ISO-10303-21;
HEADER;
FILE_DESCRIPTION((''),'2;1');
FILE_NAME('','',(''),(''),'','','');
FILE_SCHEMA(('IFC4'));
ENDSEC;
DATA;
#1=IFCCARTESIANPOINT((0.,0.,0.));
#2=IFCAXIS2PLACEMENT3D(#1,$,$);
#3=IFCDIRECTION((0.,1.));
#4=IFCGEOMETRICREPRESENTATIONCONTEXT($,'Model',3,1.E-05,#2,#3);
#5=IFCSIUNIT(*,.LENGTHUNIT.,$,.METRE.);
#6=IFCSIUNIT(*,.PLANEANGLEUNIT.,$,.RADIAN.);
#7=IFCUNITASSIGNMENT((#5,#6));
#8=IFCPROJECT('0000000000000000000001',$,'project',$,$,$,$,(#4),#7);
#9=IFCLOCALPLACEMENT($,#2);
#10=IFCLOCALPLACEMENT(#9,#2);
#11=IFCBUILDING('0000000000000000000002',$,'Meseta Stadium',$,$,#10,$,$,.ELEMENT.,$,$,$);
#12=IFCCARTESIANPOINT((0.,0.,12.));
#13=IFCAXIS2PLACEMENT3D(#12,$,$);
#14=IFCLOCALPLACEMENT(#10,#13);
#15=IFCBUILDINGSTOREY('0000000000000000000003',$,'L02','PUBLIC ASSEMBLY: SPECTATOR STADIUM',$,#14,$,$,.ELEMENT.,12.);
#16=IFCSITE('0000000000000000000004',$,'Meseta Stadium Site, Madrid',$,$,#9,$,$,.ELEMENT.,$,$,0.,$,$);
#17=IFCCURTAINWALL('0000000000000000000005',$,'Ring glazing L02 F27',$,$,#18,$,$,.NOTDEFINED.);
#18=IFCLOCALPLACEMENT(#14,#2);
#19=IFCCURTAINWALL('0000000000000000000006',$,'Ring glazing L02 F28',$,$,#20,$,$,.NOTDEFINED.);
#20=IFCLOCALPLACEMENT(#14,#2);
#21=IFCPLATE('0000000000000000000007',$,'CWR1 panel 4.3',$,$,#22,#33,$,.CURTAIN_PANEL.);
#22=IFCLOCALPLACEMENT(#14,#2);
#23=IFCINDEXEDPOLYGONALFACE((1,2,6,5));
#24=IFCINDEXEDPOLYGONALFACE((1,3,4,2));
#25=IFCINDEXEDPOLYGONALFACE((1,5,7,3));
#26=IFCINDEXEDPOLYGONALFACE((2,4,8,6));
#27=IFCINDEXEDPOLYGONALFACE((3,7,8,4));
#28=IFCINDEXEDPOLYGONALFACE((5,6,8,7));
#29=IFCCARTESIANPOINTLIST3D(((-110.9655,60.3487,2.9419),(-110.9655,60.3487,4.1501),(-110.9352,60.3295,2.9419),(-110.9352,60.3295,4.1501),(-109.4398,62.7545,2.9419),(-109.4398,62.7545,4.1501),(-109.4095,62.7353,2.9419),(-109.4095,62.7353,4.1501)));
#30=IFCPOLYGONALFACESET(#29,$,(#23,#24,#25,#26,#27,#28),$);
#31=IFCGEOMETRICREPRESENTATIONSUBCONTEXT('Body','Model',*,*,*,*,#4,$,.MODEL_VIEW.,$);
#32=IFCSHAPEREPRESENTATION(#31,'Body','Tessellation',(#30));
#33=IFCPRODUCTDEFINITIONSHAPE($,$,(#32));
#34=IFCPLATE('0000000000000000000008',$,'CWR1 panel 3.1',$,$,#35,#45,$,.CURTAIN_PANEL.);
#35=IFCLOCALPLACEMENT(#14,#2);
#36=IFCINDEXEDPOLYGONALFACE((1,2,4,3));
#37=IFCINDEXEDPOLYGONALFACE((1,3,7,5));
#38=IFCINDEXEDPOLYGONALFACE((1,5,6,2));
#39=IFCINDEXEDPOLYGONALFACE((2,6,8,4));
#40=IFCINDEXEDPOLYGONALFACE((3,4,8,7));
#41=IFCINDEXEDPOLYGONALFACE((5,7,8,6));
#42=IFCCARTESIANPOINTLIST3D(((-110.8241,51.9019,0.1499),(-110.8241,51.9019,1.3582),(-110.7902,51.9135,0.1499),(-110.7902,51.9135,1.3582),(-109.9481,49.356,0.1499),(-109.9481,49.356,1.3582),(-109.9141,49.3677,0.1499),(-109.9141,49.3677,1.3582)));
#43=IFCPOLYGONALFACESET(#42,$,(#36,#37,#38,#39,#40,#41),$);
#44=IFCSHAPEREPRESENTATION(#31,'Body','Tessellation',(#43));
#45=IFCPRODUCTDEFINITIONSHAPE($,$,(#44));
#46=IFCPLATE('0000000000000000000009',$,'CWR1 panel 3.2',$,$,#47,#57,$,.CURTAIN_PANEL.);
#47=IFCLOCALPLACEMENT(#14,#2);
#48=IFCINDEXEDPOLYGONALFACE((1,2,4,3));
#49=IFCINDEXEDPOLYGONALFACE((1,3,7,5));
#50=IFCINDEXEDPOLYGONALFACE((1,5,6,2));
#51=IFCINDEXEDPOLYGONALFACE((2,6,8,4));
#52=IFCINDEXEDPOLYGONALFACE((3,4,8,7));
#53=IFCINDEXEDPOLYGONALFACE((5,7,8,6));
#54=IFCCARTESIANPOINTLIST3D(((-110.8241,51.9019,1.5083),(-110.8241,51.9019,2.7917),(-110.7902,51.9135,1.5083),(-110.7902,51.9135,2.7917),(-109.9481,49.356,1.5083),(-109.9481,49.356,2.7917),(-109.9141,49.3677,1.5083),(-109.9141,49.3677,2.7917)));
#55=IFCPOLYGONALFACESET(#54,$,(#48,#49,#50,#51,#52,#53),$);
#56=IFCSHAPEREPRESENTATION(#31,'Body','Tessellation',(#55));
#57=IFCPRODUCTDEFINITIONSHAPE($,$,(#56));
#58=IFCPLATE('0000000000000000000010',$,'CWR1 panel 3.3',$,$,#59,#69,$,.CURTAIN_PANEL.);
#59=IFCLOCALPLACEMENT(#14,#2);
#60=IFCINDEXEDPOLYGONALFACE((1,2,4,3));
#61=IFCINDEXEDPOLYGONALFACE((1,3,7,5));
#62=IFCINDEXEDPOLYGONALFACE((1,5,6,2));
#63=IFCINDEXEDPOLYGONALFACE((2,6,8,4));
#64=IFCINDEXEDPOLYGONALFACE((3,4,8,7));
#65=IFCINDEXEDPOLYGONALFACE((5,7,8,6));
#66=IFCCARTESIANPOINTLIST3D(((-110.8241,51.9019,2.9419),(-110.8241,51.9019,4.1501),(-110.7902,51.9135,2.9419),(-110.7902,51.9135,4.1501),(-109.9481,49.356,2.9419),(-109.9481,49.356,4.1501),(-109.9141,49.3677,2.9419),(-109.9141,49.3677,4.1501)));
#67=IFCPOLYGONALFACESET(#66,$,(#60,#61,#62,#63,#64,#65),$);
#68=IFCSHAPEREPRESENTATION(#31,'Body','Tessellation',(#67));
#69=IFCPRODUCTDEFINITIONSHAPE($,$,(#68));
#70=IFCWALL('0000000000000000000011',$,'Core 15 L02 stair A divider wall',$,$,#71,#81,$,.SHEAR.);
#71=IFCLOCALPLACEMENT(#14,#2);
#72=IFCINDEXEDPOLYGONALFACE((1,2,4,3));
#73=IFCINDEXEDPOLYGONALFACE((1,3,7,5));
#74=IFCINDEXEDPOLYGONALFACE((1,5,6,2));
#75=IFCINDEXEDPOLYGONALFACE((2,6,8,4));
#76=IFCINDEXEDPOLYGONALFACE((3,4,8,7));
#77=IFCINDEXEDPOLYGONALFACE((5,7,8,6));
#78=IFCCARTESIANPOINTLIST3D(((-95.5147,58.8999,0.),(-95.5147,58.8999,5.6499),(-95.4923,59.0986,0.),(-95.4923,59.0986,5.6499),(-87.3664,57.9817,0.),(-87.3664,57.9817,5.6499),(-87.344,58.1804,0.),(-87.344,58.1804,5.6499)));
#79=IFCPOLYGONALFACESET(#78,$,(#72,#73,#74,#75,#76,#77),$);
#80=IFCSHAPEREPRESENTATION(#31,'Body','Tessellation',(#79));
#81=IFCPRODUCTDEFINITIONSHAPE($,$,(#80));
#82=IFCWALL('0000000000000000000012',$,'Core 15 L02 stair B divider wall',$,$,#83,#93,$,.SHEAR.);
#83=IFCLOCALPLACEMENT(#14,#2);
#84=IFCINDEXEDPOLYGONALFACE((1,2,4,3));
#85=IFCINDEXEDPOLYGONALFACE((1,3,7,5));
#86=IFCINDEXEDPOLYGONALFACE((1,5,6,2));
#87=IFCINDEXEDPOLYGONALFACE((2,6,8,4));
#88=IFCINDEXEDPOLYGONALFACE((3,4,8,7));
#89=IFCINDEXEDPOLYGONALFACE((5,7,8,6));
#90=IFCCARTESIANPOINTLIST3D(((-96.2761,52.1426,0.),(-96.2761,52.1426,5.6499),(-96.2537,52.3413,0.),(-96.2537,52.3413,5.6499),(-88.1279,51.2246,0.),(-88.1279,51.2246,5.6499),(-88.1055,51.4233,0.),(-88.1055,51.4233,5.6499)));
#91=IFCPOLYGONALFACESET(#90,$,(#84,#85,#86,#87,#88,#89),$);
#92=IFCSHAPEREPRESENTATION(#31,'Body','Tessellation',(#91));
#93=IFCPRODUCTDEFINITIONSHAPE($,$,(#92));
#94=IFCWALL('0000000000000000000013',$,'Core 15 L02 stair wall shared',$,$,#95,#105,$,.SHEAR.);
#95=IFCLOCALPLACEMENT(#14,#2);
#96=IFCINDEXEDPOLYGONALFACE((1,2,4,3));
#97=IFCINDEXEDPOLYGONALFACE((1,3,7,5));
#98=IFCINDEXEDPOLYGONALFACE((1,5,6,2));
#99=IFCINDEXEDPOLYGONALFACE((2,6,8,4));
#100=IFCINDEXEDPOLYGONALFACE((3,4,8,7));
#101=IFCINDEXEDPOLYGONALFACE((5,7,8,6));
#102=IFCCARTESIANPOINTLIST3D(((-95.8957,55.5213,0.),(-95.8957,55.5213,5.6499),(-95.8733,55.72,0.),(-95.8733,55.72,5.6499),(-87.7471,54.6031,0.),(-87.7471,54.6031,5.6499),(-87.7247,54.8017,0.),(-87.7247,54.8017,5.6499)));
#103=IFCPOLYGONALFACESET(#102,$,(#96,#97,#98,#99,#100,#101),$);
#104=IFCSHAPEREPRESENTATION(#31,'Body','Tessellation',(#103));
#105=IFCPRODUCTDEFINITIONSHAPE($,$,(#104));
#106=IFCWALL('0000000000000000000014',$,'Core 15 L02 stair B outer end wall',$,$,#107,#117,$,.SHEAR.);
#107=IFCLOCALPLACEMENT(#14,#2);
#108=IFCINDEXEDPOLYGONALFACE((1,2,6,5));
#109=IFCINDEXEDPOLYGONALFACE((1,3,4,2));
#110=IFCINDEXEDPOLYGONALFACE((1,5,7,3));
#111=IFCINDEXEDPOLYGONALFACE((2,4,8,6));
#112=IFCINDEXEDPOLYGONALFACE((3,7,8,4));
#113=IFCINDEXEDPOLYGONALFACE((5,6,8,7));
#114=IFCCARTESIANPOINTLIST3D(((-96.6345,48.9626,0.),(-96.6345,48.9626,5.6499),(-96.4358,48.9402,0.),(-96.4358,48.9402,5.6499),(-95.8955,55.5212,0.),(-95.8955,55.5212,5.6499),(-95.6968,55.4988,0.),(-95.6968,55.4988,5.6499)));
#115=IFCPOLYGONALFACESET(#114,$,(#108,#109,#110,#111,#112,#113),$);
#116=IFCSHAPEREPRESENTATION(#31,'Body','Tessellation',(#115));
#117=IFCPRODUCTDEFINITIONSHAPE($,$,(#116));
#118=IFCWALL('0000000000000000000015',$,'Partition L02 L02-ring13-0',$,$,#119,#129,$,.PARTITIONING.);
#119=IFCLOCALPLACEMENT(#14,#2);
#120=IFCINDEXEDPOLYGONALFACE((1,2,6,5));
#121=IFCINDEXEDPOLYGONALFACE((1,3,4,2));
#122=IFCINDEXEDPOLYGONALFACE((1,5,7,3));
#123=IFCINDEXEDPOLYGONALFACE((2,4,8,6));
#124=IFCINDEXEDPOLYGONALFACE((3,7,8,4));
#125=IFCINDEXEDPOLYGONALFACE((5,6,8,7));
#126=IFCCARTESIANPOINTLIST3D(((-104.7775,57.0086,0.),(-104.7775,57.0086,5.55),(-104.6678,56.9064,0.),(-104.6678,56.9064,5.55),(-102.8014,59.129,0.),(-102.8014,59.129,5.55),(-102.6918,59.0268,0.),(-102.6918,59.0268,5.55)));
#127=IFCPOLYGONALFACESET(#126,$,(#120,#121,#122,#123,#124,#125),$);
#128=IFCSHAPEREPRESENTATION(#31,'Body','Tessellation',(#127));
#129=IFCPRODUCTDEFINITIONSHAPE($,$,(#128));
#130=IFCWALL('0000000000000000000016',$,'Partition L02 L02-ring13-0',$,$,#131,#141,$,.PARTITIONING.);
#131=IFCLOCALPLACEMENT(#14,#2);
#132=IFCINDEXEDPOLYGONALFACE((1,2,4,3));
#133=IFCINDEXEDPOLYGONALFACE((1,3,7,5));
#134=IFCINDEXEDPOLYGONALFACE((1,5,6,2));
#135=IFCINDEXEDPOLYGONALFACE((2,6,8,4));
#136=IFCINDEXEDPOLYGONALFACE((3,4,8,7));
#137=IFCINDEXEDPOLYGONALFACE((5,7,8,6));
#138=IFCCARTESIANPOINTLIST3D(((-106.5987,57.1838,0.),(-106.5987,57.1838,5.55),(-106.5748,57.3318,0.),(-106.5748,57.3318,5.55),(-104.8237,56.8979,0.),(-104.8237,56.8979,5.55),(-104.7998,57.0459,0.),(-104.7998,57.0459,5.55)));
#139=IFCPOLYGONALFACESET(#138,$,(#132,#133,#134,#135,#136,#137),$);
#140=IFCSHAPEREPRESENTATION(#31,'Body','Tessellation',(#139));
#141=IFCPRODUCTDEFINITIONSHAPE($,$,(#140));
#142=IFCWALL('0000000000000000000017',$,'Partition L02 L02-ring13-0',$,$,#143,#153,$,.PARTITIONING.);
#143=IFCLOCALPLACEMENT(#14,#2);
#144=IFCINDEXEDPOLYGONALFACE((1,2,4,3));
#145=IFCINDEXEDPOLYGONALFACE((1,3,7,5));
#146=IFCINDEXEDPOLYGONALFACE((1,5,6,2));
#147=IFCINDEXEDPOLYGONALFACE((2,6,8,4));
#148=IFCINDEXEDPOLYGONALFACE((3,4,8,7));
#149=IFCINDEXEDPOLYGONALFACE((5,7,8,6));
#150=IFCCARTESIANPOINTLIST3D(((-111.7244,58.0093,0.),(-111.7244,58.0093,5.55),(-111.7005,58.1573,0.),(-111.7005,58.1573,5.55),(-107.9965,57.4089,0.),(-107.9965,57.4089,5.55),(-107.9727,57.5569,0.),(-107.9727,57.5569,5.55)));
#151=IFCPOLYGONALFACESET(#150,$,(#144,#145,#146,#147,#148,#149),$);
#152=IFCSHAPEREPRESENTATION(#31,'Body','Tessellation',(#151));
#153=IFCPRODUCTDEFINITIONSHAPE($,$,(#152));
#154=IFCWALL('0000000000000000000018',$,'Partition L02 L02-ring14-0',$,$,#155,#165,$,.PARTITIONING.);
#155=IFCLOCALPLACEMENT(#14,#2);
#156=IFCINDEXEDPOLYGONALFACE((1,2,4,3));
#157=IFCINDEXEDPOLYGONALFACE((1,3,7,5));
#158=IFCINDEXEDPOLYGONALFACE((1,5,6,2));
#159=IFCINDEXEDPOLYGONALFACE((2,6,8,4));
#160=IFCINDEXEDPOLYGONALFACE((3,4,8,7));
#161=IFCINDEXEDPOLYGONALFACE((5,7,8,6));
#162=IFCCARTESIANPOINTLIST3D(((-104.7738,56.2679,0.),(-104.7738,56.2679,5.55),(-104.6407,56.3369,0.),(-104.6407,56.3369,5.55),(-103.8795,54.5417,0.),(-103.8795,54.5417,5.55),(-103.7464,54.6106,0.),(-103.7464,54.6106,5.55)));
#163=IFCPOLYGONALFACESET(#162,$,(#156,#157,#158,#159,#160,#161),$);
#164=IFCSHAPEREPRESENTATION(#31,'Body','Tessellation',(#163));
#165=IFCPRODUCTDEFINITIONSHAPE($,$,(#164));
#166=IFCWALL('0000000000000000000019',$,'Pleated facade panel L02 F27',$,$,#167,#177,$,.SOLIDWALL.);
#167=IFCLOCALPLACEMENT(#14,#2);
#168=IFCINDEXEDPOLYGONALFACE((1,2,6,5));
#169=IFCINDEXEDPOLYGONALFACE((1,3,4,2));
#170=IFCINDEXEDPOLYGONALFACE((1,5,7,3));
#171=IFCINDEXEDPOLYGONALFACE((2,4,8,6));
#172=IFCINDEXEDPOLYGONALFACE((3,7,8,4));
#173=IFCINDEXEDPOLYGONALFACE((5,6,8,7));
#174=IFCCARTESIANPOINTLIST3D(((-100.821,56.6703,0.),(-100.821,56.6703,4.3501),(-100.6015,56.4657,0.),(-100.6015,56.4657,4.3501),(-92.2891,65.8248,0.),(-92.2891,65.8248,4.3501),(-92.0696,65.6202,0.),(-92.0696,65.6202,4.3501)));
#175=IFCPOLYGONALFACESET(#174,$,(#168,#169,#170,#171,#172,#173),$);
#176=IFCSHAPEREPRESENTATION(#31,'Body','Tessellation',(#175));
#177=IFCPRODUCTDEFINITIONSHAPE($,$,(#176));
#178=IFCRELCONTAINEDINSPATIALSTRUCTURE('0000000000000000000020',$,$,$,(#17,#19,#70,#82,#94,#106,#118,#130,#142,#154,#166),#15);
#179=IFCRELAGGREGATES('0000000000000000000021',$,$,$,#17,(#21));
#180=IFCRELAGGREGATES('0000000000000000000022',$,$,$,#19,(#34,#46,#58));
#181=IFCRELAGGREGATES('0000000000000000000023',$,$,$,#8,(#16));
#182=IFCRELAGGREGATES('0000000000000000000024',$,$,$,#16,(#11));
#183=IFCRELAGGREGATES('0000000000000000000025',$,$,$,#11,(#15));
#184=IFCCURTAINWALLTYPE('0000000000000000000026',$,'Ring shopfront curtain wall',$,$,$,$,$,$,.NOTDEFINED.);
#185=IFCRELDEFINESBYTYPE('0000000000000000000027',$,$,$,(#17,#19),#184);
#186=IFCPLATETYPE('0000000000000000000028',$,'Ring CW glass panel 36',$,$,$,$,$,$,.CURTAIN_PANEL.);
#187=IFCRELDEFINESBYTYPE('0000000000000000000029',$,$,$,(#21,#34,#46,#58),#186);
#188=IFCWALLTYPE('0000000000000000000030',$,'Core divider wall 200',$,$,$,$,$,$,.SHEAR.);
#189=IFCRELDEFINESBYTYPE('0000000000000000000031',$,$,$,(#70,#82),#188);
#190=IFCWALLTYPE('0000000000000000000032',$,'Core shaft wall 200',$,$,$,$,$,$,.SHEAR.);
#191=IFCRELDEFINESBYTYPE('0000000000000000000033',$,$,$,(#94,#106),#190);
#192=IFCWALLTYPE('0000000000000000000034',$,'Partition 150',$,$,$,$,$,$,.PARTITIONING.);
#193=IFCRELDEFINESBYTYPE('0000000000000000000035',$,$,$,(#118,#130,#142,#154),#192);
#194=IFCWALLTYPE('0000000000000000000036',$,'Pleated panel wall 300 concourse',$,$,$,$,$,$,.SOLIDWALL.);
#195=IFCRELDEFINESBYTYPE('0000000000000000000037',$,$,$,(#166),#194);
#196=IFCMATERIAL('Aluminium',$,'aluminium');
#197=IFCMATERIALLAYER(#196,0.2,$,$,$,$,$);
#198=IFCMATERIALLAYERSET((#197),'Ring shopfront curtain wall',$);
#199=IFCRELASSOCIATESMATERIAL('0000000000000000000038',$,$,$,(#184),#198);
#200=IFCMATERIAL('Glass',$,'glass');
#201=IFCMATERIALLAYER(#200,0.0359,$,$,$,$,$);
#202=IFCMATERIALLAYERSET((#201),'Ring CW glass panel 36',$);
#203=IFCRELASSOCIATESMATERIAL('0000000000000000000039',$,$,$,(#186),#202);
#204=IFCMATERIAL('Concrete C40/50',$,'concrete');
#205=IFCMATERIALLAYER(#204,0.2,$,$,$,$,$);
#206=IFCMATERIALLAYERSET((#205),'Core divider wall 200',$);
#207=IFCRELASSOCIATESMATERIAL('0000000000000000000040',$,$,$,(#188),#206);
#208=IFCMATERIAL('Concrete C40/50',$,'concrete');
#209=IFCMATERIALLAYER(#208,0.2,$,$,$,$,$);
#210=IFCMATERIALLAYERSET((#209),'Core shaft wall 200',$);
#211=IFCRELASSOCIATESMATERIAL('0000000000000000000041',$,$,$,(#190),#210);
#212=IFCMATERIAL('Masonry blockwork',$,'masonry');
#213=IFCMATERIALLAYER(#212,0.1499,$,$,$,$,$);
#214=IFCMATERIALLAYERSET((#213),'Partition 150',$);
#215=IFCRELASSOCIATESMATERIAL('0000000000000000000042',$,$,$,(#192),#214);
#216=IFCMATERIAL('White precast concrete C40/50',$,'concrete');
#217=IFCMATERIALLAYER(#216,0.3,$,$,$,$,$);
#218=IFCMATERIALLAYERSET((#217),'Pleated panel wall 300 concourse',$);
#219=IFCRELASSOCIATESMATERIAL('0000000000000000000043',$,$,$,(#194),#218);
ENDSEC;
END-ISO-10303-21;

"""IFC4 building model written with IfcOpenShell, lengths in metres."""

from ifc_helpers import new_model, si_unit, direction, frame, frame_2d, origin, origin_2d, place, context, subcontext, project, spatial, rectangle, extrude, material, layer, layer_set, type_object, element, aggregate, save


model = new_model("IFC4")

# Units and contexts
model_context = context("Model", 3, precision=1e-05, world=origin(), true_north=direction((0.0, 1.0)))
body_context = subcontext(model_context, "Body", "Model", "MODEL_VIEW")
ifc_project = project(units=[si_unit("LENGTHUNIT", "METRE"), si_unit("PLANEANGLEUNIT", "RADIAN")], contexts=[model_context])

# Site, building, storey
site_placement = place(None, origin())
site = spatial("IfcSite", under=ifc_project, at=site_placement, Name="Meseta Stadium Site, Madrid", CompositionType="ELEMENT", RefElevation=0.0)
building_placement = place(site_placement, origin())
building = spatial("IfcBuilding", under=site, at=building_placement, Name="Meseta Stadium", CompositionType="ELEMENT")
storey_placement = place(building_placement, frame((0.0, 0.0, 12.0)))
storey = spatial("IfcBuildingStorey", under=building, at=storey_placement, Name="L02", Description="PUBLIC ASSEMBLY: SPECTATOR STADIUM", CompositionType="ELEMENT", Elevation=12.0)

# Curtain walls
ifc_material_1 = material(Name="Aluminium", Category="aluminium")
ifc_layer_1 = layer(ifc_material_1, 0.2)
ifc_layer_set_1 = layer_set([ifc_layer_1], Name="Ring shopfront curtain wall")
curtain_wall_type = type_object("IfcCurtainWallType", Name="Ring shopfront curtain wall", PredefinedType="NOTDEFINED", material=ifc_layer_set_1)
curtain_wall_1_placement = place(storey_placement, origin())
curtain_wall_1 = element("IfcCurtainWall", 1, at=curtain_wall_1_placement, inside=storey, type_object=curtain_wall_type, Name="Ring glazing L02 F27", PredefinedType="NOTDEFINED")
curtain_wall_2_placement = place(storey_placement, origin())
curtain_wall_2 = element("IfcCurtainWall", 2, at=curtain_wall_2_placement, inside=storey, type_object=curtain_wall_type, Name="Ring glazing L02 F28", PredefinedType="NOTDEFINED")

# Plates
ifc_material_2 = material(Name="Glass", Category="glass")
ifc_layer_2 = layer(ifc_material_2, 0.0359)
ifc_layer_set_2 = layer_set([ifc_layer_2], Name="Ring CW glass panel 36")
plate_type = type_object("IfcPlateType", Name="Ring CW glass panel 36", PredefinedType="CURTAIN_PANEL", material=ifc_layer_set_2)
plate_1_placement = place(storey_placement, frame((-110.1875, 61.542, 2.9419), z_axis=(0.0, 0.0, 1.0), x_axis=(-0.535569, -0.844491, 0.0)))
plate_1 = element("IfcPlate", 3, at=plate_1_placement, type_object=plate_type, Name="CWR1 panel 4.3", PredefinedType="CURTAIN_PANEL", context=body_context, shape_type="SweptSolid", body=[
    extrude(rectangle(XDim=2.8489, YDim=0.0359, at=origin_2d()), origin(), (0.0, 0.0, 1.0), 1.2083),
])
aggregate(curtain_wall_1, [plate_1])
plate_2_placement = place(storey_placement, frame((-110.3691, 50.6348, 0.1499), z_axis=(0.0, 0.0, 1.0), x_axis=(0.325386, -0.945581, 0.0)))
plate_2 = element("IfcPlate", 4, at=plate_2_placement, type_object=plate_type, Name="CWR1 panel 3.1", PredefinedType="CURTAIN_PANEL", context=body_context, shape_type="SweptSolid", body=[
    extrude(rectangle(XDim=2.6924, YDim=0.0359, at=origin_2d()), origin(), (0.0, 0.0, 1.0), 1.2083),
])
plate_3_placement = place(storey_placement, frame((-110.3691, 50.6348, 1.5083), z_axis=(0.0, 0.0, 1.0), x_axis=(0.325386, -0.945581, 0.0)))
plate_3 = element("IfcPlate", 5, at=plate_3_placement, type_object=plate_type, Name="CWR1 panel 3.2", PredefinedType="CURTAIN_PANEL", context=body_context, shape_type="SweptSolid", body=[
    extrude(rectangle(XDim=2.6924, YDim=0.0359, at=origin_2d()), origin(), (0.0, 0.0, 1.0), 1.2834),
])
plate_4_placement = place(storey_placement, frame((-110.3691, 50.6348, 2.9419), z_axis=(0.0, 0.0, 1.0), x_axis=(0.325386, -0.945581, 0.0)))
plate_4 = element("IfcPlate", 6, at=plate_4_placement, type_object=plate_type, Name="CWR1 panel 3.3", PredefinedType="CURTAIN_PANEL", context=body_context, shape_type="SweptSolid", body=[
    extrude(rectangle(XDim=2.6924, YDim=0.0359, at=origin_2d()), origin(), (0.0, 0.0, 1.0), 1.2083),
])
aggregate(curtain_wall_2, [plate_2, plate_3, plate_4])

# Walls
ifc_material_3 = material(Name="Concrete C40/50", Category="concrete")
ifc_layer_3 = layer(ifc_material_3, 0.2)
ifc_layer_set_3 = layer_set([ifc_layer_3], Name="Core divider wall 200")
wall_type_1 = type_object("IfcWallType", Name="Core divider wall 200", PredefinedType="SHEAR", material=ifc_layer_set_3)
wall_1_placement = place(storey_placement, frame((-95.5037, 58.9993, 0.0), z_axis=(0.0, 0.0, 1.0), x_axis=(0.993711, -0.111977, 0.0)))
element("IfcWall", 7, at=wall_1_placement, inside=storey, type_object=wall_type_1, Name="Core 15 L02 stair A divider wall", PredefinedType="SHEAR", context=body_context, shape_type="SweptSolid", body=[
    extrude(rectangle(XDim=8.2, YDim=0.2, at=frame_2d((4.1001, 0.0))), origin(), (0.0, 0.0, 1.0), 5.6499),
])
wall_2_placement = place(storey_placement, frame((-96.2649, 52.2419, 0.0), z_axis=(0.0, 0.0, 1.0), x_axis=(0.993714, -0.111951, 0.0)))
element("IfcWall", 8, at=wall_2_placement, inside=storey, type_object=wall_type_1, Name="Core 15 L02 stair B divider wall", PredefinedType="SHEAR", context=body_context, shape_type="SweptSolid", body=[
    extrude(rectangle(XDim=8.1997, YDim=0.2, at=frame_2d((4.0999, 0.0))), origin(), (0.0, 0.0, 1.0), 5.6499),
])
ifc_material_4 = material(Name="Concrete C40/50", Category="concrete")
ifc_layer_4 = layer(ifc_material_4, 0.2)
ifc_layer_set_4 = layer_set([ifc_layer_4], Name="Core shaft wall 200")
wall_type_2 = type_object("IfcWallType", Name="Core shaft wall 200", PredefinedType="SHEAR", material=ifc_layer_set_4)
wall_3_placement = place(storey_placement, frame((-95.8845, 55.6206, 0.0), z_axis=(0.0, 0.0, 1.0), x_axis=(0.993711, -0.111974, 0.0)))
element("IfcWall", 9, at=wall_3_placement, inside=storey, type_object=wall_type_2, Name="Core 15 L02 stair wall shared", PredefinedType="SHEAR", context=body_context, shape_type="SweptSolid", body=[
    extrude(rectangle(XDim=8.2002, YDim=0.2, at=frame_2d((4.1001, 0.0))), origin(), (0.0, 0.0, 1.0), 5.6499),
])
wall_4_placement = place(storey_placement, frame((-95.7961, 55.51, 0.0), z_axis=(0.0, 0.0, 1.0), x_axis=(-0.11197, -0.993712, 0.0)))
element("IfcWall", 10, at=wall_4_placement, inside=storey, type_object=wall_type_2, Name="Core 15 L02 stair B outer end wall", PredefinedType="SHEAR", context=body_context, shape_type="SweptSolid", body=[
    extrude(rectangle(XDim=6.6001, YDim=0.2, at=frame_2d((3.3, 0.0))), origin(), (0.0, 0.0, 1.0), 5.6499),
])
ifc_material_5 = material(Name="Masonry blockwork", Category="masonry")
ifc_layer_5 = layer(ifc_material_5, 0.1499)
ifc_layer_set_5 = layer_set([ifc_layer_5], Name="Partition 150")
wall_type_3 = type_object("IfcWallType", Name="Partition 150", PredefinedType="PARTITIONING", material=ifc_layer_set_5)
wall_5_placement = place(storey_placement, frame((-102.7466, 59.0779, 0.0), z_axis=(0.0, 0.0, 1.0), x_axis=(-0.681778, -0.731559, 0.0)))
element("IfcWall", 11, at=wall_5_placement, inside=storey, type_object=wall_type_3, Name="Partition L02 L02-ring13-0", PredefinedType="PARTITIONING", context=body_context, shape_type="SweptSolid", body=[
    extrude(rectangle(XDim=2.8984, YDim=0.1499, at=frame_2d((1.4492, 0.0))), origin(), (0.0, 0.0, 1.0), 5.55),
])
wall_6_placement = place(storey_placement, frame((-104.8118, 56.9719, 0.0), z_axis=(0.0, 0.0, 1.0), x_axis=(-0.987275, 0.159023, 0.0)))
element("IfcWall", 12, at=wall_6_placement, inside=storey, type_object=wall_type_3, Name="Partition L02 L02-ring13-0", PredefinedType="PARTITIONING", context=body_context, shape_type="SweptSolid", body=[
    extrude(rectangle(XDim=1.7979, YDim=0.1499, at=frame_2d((0.8989, 0.0))), origin(), (0.0, 0.0, 1.0), 5.55),
])
wall_7_placement = place(storey_placement, frame((-107.9846, 57.4829, 0.0), z_axis=(0.0, 0.0, 1.0), x_axis=(-0.987279, 0.158997, 0.0)))
element("IfcWall", 13, at=wall_7_placement, inside=storey, type_object=wall_type_3, Name="Partition L02 L02-ring13-0", PredefinedType="PARTITIONING", context=body_context, shape_type="SweptSolid", body=[
    extrude(rectangle(XDim=3.7759, YDim=0.1499, at=frame_2d((1.8879, 0.0))), origin(), (0.0, 0.0, 1.0), 5.55),
])
wall_8_placement = place(storey_placement, frame((-104.7073, 56.3025, 0.0), z_axis=(0.0, 0.0, 1.0), x_axis=(0.459976, -0.887931, 0.0)))
element("IfcWall", 14, at=wall_8_placement, inside=storey, type_object=wall_type_3, Name="Partition L02 L02-ring14-0", PredefinedType="PARTITIONING", context=body_context, shape_type="SweptSolid", body=[
    extrude(rectangle(XDim=1.9441, YDim=0.1499, at=frame_2d((0.9722, 0.0))), origin(), (0.0, 0.0, 1.0), 5.55),
])
ifc_material_6 = material(Name="White precast concrete C40/50", Category="concrete")
ifc_layer_6 = layer(ifc_material_6, 0.3)
ifc_layer_set_6 = layer_set([ifc_layer_6], Name="Pleated panel wall 300 concourse")
wall_type_4 = type_object("IfcWallType", Name="Pleated panel wall 300 concourse", PredefinedType="SOLIDWALL", material=ifc_layer_set_6)
wall_9_placement = place(storey_placement, frame((-100.7112, 56.5681, 0.0), z_axis=(0.0, 0.0, 1.0), x_axis=(0.681795, 0.731544, 0.0)))
element("IfcWall", 15, at=wall_9_placement, inside=storey, type_object=wall_type_4, Name="Pleated facade panel L02 F27", PredefinedType="SOLIDWALL", context=body_context, shape_type="SweptSolid", body=[
    extrude(rectangle(XDim=12.5139, YDim=0.3, at=frame_2d((6.2568, 0.0))), origin(), (0.0, 0.0, 1.0), 4.3501),
])

save(model, "model.ifc")
